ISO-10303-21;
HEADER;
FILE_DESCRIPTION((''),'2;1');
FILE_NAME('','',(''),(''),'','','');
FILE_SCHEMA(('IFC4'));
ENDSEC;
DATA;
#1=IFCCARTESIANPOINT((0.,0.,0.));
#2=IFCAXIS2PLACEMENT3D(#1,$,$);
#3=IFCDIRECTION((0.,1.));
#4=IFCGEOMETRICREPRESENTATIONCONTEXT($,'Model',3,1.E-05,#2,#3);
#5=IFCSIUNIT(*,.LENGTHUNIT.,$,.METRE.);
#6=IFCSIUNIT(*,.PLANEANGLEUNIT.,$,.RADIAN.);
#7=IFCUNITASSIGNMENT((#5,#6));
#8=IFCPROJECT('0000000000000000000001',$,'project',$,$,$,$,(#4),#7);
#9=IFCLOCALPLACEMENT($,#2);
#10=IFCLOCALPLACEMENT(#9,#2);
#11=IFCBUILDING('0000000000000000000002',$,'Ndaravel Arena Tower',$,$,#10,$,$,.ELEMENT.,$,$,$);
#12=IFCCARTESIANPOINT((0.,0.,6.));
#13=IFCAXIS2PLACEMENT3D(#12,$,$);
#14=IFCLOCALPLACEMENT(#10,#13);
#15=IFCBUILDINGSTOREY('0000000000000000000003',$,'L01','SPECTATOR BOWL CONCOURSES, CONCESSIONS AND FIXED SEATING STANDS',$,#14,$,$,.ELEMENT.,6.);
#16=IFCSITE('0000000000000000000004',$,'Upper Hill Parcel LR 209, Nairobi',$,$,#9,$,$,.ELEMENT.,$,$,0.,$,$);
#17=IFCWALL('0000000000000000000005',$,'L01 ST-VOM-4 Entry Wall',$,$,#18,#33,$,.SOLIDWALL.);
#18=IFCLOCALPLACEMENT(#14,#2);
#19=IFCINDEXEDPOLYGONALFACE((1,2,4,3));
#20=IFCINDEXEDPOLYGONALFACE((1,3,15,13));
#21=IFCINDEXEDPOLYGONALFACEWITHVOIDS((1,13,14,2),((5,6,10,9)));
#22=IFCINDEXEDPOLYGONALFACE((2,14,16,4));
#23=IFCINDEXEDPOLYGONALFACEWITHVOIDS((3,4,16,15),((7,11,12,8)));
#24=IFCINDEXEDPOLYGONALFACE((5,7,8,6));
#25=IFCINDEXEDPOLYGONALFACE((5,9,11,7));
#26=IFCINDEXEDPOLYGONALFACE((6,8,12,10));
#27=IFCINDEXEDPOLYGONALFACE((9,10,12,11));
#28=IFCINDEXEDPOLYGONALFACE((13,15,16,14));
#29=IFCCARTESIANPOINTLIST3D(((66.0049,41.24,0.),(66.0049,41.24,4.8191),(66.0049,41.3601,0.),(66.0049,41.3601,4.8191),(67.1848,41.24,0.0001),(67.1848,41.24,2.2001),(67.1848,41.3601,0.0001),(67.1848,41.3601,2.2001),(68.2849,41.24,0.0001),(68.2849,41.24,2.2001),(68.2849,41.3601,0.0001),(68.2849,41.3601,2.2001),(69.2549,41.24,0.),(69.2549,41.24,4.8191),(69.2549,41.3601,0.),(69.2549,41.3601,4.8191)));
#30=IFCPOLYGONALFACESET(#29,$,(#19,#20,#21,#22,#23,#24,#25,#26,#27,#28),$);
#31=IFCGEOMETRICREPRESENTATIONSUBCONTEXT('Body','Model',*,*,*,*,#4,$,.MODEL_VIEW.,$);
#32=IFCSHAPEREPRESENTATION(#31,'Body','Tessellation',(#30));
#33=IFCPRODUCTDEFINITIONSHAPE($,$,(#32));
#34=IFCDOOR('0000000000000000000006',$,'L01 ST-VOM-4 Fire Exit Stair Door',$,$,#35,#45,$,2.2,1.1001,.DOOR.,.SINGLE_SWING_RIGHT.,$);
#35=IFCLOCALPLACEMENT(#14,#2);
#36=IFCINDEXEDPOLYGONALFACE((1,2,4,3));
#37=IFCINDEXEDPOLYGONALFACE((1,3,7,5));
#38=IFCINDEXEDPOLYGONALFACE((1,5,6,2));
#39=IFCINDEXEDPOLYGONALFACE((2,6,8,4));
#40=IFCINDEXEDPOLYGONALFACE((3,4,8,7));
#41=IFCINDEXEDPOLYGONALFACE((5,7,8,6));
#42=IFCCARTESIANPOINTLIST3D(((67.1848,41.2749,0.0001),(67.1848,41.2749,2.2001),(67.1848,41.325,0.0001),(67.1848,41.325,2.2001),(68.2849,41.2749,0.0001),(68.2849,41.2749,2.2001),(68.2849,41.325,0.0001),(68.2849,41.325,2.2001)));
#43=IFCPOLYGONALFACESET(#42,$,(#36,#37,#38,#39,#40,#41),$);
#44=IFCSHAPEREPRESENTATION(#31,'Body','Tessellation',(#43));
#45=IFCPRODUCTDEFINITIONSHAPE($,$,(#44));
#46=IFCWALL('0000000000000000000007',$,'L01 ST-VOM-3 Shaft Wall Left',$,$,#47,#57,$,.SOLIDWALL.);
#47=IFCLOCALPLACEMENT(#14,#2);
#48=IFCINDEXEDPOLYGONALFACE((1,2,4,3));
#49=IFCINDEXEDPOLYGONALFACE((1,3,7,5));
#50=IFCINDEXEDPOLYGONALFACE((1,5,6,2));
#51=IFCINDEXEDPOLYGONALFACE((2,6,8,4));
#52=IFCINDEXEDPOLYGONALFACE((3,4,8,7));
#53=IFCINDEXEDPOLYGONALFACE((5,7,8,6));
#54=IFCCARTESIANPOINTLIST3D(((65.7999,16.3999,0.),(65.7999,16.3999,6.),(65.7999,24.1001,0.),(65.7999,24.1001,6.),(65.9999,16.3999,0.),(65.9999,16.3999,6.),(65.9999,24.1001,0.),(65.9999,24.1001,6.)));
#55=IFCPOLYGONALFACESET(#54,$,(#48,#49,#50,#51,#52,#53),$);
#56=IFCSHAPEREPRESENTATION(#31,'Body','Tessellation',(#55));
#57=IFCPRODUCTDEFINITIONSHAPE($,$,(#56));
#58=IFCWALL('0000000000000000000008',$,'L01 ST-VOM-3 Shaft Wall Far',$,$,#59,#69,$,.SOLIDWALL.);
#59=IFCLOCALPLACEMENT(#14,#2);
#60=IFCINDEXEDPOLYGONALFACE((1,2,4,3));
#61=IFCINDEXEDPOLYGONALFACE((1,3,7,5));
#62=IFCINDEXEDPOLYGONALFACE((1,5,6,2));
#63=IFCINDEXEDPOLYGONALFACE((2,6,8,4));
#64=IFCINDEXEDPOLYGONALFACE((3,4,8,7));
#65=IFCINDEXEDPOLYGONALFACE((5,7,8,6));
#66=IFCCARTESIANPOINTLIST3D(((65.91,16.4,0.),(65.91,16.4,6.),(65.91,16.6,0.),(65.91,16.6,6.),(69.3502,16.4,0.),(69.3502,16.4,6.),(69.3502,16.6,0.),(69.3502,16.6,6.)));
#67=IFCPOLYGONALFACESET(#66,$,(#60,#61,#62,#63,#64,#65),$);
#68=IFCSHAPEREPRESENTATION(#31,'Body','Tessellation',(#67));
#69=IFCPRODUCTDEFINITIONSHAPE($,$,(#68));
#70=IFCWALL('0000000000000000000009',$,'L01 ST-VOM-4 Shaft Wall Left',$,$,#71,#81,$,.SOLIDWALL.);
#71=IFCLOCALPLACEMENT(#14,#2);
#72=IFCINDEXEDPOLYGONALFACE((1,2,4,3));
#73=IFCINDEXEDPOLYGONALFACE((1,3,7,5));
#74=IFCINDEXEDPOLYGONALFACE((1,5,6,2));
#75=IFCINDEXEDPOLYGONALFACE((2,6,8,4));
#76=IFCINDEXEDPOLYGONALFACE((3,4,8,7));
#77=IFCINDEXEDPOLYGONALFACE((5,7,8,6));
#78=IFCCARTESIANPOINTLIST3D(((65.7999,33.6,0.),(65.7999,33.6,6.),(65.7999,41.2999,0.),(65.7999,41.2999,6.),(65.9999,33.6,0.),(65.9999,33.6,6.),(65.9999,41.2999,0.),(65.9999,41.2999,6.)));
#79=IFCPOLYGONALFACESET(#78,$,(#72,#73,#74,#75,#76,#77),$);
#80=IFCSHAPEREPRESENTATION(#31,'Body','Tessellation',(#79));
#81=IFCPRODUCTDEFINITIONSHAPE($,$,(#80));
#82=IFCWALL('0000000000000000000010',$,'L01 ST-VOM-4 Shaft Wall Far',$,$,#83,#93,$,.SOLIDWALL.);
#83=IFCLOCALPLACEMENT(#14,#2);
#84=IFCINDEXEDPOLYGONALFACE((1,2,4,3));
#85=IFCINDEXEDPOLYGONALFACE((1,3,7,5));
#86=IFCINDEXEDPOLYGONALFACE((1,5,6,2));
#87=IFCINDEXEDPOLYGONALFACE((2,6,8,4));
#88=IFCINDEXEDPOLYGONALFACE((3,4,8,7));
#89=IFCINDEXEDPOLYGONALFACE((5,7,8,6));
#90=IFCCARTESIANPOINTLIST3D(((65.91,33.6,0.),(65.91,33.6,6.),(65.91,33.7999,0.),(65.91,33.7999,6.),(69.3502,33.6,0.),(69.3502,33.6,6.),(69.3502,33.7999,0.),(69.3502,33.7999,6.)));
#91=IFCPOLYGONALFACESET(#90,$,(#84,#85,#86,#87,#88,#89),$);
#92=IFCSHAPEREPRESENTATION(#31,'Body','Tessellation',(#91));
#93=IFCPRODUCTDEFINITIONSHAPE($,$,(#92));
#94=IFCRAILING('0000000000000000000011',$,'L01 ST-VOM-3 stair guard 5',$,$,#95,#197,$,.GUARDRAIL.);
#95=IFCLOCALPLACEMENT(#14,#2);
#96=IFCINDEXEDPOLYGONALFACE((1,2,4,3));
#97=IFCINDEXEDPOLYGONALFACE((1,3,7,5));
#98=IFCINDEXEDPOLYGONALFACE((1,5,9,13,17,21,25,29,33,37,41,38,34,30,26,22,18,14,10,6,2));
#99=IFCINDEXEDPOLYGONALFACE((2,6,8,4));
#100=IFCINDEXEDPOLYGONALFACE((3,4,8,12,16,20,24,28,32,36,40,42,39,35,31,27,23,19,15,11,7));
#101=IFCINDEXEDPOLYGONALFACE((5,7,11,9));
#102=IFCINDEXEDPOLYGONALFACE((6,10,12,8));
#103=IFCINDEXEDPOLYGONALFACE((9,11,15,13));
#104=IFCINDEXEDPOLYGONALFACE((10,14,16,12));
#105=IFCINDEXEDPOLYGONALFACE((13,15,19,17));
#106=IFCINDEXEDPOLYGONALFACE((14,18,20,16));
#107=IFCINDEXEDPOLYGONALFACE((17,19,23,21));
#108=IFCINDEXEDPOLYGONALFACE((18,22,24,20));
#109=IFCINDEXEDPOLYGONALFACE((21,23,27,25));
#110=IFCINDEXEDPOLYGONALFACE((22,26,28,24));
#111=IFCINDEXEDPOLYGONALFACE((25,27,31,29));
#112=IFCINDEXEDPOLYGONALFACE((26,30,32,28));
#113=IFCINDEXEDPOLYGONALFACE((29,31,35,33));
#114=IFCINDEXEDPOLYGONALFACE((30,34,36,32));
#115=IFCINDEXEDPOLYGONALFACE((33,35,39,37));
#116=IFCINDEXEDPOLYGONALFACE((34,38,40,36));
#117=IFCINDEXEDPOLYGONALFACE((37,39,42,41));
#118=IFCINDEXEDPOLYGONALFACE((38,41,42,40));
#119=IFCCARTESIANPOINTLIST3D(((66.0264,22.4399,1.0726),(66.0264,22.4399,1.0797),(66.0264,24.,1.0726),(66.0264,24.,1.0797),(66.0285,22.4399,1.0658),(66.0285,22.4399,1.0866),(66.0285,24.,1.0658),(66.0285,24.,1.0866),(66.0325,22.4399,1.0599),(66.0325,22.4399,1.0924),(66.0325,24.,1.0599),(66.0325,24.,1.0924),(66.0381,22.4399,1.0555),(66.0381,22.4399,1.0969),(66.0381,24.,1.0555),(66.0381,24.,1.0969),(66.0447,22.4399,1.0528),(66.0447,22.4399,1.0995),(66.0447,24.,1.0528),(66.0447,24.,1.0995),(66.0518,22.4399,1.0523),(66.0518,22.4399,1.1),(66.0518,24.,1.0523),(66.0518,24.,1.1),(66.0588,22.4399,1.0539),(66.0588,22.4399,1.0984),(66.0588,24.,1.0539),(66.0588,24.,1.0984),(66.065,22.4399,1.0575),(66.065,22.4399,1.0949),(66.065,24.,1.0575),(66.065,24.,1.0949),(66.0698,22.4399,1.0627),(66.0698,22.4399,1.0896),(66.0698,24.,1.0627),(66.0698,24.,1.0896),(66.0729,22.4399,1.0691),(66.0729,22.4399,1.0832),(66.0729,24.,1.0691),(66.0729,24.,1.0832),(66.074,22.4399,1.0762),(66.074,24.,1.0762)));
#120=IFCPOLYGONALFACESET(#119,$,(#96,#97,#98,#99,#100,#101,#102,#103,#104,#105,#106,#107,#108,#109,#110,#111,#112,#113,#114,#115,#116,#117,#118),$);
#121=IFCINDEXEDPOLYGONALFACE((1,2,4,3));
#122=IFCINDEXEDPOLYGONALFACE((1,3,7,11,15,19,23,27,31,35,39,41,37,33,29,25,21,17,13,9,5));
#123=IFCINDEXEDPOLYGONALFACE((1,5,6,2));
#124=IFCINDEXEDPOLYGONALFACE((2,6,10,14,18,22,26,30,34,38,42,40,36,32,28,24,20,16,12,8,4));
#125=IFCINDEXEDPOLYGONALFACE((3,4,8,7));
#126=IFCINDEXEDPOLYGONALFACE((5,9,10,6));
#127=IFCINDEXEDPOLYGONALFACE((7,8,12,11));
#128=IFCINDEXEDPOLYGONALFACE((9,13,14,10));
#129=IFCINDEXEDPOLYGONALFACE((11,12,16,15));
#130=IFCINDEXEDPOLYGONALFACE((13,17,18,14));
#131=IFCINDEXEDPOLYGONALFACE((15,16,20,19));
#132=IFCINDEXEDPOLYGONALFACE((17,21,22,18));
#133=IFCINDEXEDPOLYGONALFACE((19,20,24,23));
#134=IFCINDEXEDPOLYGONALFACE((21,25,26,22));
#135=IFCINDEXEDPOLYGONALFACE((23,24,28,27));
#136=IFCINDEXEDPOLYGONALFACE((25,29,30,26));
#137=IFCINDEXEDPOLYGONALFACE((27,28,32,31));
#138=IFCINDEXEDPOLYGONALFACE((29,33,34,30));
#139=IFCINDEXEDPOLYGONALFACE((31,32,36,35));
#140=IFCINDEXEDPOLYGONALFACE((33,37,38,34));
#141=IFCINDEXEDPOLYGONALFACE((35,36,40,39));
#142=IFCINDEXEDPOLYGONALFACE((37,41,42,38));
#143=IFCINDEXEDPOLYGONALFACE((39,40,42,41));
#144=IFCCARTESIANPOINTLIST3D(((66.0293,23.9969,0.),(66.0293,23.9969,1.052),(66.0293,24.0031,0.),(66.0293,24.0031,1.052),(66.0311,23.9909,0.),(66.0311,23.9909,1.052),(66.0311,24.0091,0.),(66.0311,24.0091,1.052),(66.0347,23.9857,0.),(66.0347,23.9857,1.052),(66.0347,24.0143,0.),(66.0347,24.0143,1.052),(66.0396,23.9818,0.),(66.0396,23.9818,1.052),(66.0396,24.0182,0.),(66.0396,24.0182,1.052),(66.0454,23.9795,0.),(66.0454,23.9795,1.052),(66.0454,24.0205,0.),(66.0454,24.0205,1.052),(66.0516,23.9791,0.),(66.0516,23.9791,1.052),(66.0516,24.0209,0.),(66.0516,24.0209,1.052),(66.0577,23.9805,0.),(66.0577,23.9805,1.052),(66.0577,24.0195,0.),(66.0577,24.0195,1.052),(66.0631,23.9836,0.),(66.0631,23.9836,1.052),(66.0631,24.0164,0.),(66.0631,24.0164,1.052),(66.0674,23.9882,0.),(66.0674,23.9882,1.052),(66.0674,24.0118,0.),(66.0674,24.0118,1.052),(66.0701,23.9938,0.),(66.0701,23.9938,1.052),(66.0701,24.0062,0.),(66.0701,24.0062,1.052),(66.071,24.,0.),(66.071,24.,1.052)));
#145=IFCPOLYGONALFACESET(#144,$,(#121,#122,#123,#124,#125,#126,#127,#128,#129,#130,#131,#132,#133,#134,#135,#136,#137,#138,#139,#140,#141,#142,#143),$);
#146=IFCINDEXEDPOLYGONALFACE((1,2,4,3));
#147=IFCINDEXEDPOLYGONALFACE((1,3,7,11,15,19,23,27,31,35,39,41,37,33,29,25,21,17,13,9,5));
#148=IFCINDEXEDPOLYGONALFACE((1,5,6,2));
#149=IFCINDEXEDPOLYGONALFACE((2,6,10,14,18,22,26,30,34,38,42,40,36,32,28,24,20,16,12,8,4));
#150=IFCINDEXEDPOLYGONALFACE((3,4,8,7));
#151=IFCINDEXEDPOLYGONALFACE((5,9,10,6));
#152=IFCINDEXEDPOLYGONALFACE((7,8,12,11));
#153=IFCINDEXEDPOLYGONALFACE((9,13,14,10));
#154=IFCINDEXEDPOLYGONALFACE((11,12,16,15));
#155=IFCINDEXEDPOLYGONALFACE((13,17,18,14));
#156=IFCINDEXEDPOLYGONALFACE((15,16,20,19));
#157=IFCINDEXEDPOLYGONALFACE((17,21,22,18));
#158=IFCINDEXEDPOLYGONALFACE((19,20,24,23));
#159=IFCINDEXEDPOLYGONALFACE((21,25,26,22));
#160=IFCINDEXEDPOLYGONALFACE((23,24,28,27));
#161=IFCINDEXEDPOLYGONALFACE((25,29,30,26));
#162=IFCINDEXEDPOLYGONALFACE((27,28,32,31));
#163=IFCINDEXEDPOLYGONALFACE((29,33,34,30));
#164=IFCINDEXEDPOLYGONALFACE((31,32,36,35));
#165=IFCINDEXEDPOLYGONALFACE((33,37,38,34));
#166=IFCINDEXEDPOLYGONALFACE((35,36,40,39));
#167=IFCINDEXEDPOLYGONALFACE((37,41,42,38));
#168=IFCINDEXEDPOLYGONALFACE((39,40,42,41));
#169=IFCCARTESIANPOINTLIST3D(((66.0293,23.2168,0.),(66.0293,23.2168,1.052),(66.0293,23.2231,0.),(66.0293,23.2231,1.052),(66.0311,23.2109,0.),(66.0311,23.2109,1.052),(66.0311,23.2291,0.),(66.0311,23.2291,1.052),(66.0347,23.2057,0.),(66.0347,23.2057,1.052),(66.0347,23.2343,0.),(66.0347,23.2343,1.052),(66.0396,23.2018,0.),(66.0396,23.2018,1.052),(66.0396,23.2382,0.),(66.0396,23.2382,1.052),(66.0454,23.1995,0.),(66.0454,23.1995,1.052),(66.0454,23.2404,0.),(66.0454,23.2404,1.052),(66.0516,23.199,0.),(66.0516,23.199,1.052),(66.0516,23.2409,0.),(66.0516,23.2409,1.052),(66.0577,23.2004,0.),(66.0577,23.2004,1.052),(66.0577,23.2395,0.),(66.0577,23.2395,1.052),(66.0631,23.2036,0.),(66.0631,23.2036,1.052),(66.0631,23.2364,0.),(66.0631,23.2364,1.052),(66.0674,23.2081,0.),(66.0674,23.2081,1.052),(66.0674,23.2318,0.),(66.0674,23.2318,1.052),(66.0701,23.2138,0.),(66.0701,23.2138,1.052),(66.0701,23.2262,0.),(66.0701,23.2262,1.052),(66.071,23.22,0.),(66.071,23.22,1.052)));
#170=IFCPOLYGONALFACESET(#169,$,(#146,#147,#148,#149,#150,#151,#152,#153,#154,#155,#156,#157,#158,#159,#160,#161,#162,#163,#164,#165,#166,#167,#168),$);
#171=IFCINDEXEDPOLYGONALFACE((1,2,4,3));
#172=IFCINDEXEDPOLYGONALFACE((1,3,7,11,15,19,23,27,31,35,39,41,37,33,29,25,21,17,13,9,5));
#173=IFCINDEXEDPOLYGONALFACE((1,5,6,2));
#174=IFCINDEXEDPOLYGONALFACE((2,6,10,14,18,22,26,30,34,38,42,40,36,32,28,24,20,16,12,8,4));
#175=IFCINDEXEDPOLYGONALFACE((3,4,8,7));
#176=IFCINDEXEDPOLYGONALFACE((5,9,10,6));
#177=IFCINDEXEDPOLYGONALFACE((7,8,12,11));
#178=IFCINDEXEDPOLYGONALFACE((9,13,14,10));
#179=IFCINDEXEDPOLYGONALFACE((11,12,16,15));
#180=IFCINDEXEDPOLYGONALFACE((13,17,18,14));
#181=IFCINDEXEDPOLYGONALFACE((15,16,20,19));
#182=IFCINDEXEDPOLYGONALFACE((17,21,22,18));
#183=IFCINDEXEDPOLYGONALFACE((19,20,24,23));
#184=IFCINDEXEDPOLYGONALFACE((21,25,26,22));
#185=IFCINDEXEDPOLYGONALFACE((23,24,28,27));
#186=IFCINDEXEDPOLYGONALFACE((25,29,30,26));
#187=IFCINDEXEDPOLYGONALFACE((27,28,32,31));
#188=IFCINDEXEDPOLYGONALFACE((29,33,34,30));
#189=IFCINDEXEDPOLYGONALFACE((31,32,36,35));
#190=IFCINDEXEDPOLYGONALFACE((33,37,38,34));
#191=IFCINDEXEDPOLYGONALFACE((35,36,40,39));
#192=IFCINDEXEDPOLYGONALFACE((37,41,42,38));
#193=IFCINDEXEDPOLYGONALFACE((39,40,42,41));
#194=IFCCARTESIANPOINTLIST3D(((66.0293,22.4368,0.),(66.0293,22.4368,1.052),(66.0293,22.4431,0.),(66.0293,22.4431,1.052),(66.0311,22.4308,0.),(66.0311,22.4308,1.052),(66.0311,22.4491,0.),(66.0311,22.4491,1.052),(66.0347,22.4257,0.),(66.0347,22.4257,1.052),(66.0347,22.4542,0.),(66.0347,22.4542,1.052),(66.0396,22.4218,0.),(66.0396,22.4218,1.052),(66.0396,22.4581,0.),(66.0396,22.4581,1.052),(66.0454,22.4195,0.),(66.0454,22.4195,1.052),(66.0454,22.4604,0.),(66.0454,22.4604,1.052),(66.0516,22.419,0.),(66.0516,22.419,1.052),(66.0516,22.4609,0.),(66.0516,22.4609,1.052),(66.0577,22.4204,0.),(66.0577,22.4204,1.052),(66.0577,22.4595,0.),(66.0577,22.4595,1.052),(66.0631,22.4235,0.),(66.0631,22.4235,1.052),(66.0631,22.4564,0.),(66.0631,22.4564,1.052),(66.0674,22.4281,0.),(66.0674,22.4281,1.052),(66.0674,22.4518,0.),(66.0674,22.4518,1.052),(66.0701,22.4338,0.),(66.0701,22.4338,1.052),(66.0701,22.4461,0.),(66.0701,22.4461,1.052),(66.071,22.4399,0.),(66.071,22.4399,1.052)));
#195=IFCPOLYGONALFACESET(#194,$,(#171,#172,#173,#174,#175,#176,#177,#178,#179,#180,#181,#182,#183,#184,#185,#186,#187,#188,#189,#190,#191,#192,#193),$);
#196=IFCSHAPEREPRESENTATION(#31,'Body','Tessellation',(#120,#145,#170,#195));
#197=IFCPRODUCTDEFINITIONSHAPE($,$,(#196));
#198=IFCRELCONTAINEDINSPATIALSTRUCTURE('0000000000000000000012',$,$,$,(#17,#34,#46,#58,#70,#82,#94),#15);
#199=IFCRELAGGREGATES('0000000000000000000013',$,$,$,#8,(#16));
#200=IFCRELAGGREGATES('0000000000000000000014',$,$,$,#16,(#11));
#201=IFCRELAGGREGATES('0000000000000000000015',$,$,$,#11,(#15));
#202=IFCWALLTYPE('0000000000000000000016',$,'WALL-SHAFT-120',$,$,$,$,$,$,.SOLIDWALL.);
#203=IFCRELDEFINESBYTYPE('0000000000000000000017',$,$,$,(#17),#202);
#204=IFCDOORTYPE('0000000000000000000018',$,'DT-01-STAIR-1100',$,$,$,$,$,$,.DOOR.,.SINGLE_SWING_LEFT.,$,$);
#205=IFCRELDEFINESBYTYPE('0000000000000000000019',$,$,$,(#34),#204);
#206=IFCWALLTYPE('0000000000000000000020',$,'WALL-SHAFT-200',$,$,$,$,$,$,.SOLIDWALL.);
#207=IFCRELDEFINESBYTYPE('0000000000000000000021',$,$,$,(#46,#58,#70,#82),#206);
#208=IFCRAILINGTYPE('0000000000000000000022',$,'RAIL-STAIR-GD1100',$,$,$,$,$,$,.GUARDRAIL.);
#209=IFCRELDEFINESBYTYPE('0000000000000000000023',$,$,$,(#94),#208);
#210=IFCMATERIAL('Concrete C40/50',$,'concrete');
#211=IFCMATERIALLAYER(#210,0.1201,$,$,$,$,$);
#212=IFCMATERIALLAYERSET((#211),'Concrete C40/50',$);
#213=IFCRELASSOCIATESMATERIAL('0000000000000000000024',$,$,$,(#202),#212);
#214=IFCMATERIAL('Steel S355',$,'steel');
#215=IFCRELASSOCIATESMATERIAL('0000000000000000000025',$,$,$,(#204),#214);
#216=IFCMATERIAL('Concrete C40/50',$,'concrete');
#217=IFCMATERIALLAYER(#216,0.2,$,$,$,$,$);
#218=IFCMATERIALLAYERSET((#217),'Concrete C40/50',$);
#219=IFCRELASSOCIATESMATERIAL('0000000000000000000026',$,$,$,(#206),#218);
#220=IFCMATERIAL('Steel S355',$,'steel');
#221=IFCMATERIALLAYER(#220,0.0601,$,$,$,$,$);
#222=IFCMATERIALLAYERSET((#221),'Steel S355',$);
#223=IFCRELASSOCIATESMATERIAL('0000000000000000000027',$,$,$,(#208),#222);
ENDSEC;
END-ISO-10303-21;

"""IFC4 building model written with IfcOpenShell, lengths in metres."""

from ifc_helpers import new_model, si_unit, direction, frame, frame_2d, origin, origin_2d, place, context, subcontext, project, spatial, rectangle, circle, extrude, material, layer, layer_set, type_object, element, fill, save


model = new_model("IFC4")

# Units and contexts
model_context = context("Model", 3, precision=1e-05, world=origin(), true_north=direction((0.0, 1.0)))
body_context = subcontext(model_context, "Body", "Model", "MODEL_VIEW")
ifc_project = project(units=[si_unit("LENGTHUNIT", "METRE"), si_unit("PLANEANGLEUNIT", "RADIAN")], contexts=[model_context])

# Site, building, storey
site_placement = place(None, origin())
site = spatial("IfcSite", under=ifc_project, at=site_placement, Name="Upper Hill Parcel LR 209, Nairobi", CompositionType="ELEMENT", RefElevation=0.0)
building_placement = place(site_placement, origin())
building = spatial("IfcBuilding", under=site, at=building_placement, Name="Ndaravel Arena Tower", CompositionType="ELEMENT")
storey_placement = place(building_placement, frame((0.0, 0.0, 6.0)))
storey = spatial("IfcBuildingStorey", under=building, at=storey_placement, Name="L01", Description="SPECTATOR BOWL CONCOURSES, CONCESSIONS AND FIXED SEATING STANDS", CompositionType="ELEMENT", Elevation=6.0)

# Wall, opening, door
ifc_material_1 = material(Name="Concrete C40/50", Category="concrete")
ifc_layer_1 = layer(ifc_material_1, 0.1201)
ifc_layer_set_1 = layer_set([ifc_layer_1], Name="Concrete C40/50")
wall_type_1 = type_object("IfcWallType", Name="WALL-SHAFT-120", PredefinedType="SOLIDWALL", material=ifc_layer_set_1)
ifc_material_2 = material(Name="Steel S355", Category="steel")
door_type = type_object("IfcDoorType", Name="DT-01-STAIR-1100", OperationType="SINGLE_SWING_LEFT", PredefinedType="DOOR", material=ifc_material_2)
wall_1_placement = place(storey_placement, frame((66.0049, 41.3, 0.0), z_axis=(0.0, 0.0, 1.0), x_axis=(1.0, 0.0, 0.0)))
wall_1 = element("IfcWall", 1, at=wall_1_placement, inside=storey, type_object=wall_type_1, Name="L01 ST-VOM-4 Entry Wall", PredefinedType="SOLIDWALL", context=body_context, shape_type="SweptSolid", body=[
    extrude(rectangle(XDim=3.25, YDim=0.1201, at=frame_2d((1.625, 0.0))), origin(), (0.0, 0.0, 1.0), 4.8191),
])
opening_1_placement = place(wall_1_placement, frame((1.1799, 0.0, 0.0)))
opening_1 = element("IfcOpeningElement", 2, at=opening_1_placement, cuts=wall_1, PredefinedType="OPENING", context=body_context, shape_type="SweptSolid", body=[
    extrude(rectangle(XDim=1.1001, YDim=2.2, at=frame_2d((0.55, 1.1001))), frame((0.0, 0.0601, 0.0), z_axis=(0.0, -1.0, 0.0), x_axis=(1.0, 0.0, 0.0)), (0.0, 0.0, 1.0), 0.1201),
])
door_1_placement = place(opening_1_placement, origin())
door_1 = element("IfcDoor", 3, at=door_1_placement, inside=storey, type_object=door_type, Name="L01 ST-VOM-4 Fire Exit Stair Door", OperationType="SINGLE_SWING_RIGHT", OverallHeight=2.2, OverallWidth=1.1001, PredefinedType="DOOR", context=body_context, shape_type="SweptSolid", body=[
    extrude(rectangle(XDim=1.1001, YDim=2.2, at=frame_2d((0.55, 1.1001))), frame((0.0, 0.0249, 0.0), z_axis=(0.0, -1.0, 0.0), x_axis=(1.0, 0.0, 0.0)), (0.0, 0.0, 1.0), 0.05),
])
fill(opening_1, door_1)

# Walls
ifc_material_3 = material(Name="Concrete C40/50", Category="concrete")
ifc_layer_2 = layer(ifc_material_3, 0.2)
ifc_layer_set_2 = layer_set([ifc_layer_2], Name="Concrete C40/50")
wall_type_2 = type_object("IfcWallType", Name="WALL-SHAFT-200", PredefinedType="SOLIDWALL", material=ifc_layer_set_2)
wall_2_placement = place(storey_placement, frame((65.8999, 24.1001, 0.0), z_axis=(0.0, 0.0, 1.0), x_axis=(0.0, -1.0, 0.0)))
element("IfcWall", 4, at=wall_2_placement, inside=storey, type_object=wall_type_2, Name="L01 ST-VOM-3 Shaft Wall Left", PredefinedType="SOLIDWALL", context=body_context, shape_type="SweptSolid", body=[
    extrude(rectangle(XDim=7.7002, YDim=0.2, at=frame_2d((3.8501, 0.0))), origin(), (0.0, 0.0, 1.0), 6.0),
])
wall_3_placement = place(storey_placement, frame((65.9099, 16.5, 0.0), z_axis=(0.0, 0.0, 1.0), x_axis=(1.0, 0.0, 0.0)))
element("IfcWall", 5, at=wall_3_placement, inside=storey, type_object=wall_type_2, Name="L01 ST-VOM-3 Shaft Wall Far", PredefinedType="SOLIDWALL", context=body_context, shape_type="SweptSolid", body=[
    extrude(rectangle(XDim=3.4402, YDim=0.2, at=frame_2d((1.7202, 0.0))), origin(), (0.0, 0.0, 1.0), 6.0),
])
wall_4_placement = place(storey_placement, frame((65.8999, 41.3, 0.0), z_axis=(0.0, 0.0, 1.0), x_axis=(0.0, -1.0, 0.0)))
element("IfcWall", 6, at=wall_4_placement, inside=storey, type_object=wall_type_2, Name="L01 ST-VOM-4 Shaft Wall Left", PredefinedType="SOLIDWALL", context=body_context, shape_type="SweptSolid", body=[
    extrude(rectangle(XDim=7.7, YDim=0.2, at=frame_2d((3.8501, 0.0))), origin(), (0.0, 0.0, 1.0), 6.0),
])
wall_5_placement = place(storey_placement, frame((65.9099, 33.7, 0.0), z_axis=(0.0, 0.0, 1.0), x_axis=(1.0, 0.0, 0.0)))
element("IfcWall", 7, at=wall_5_placement, inside=storey, type_object=wall_type_2, Name="L01 ST-VOM-4 Shaft Wall Far", PredefinedType="SOLIDWALL", context=body_context, shape_type="SweptSolid", body=[
    extrude(rectangle(XDim=3.4402, YDim=0.2, at=frame_2d((1.7202, 0.0))), origin(), (0.0, 0.0, 1.0), 6.0),
])

# Railing
ifc_material_4 = material(Name="Steel S355", Category="steel")
ifc_layer_3 = layer(ifc_material_4, 0.0601)
ifc_layer_set_3 = layer_set([ifc_layer_3], Name="Steel S355")
railing_type_1 = type_object("IfcRailingType", Name="RAIL-STAIR-GD1100", PredefinedType="GUARDRAIL", material=ifc_layer_set_3)
railing_1_placement = place(storey_placement, frame((66.05, 24.0, 0.0)))
element("IfcRailing", 8, at=railing_1_placement, inside=storey, type_object=railing_type_1, Name="L01 ST-VOM-3 stair guard 5", PredefinedType="GUARDRAIL", context=body_context, shape_type="SweptSolid", body=[
    extrude(circle(Radius=0.0239, at=origin_2d()), frame((0.0, 0.0, 1.0762), z_axis=(0.0, -1.0, 0.0), x_axis=(1.0, 0.0, 0.0)), (0.0, 0.0, 1.0), 1.5601),
    extrude(circle(Radius=0.021, at=origin_2d()), origin(), (0.0, 0.0, 1.0), 1.052),
    extrude(circle(Radius=0.021, at=origin_2d()), frame((0.0, -0.78, 0.0)), (0.0, 0.0, 1.0), 1.052),
    extrude(circle(Radius=0.021, at=origin_2d()), frame((0.0, -1.5601, 0.0)), (0.0, 0.0, 1.0), 1.052),
])

save(model, "model.ifc")
